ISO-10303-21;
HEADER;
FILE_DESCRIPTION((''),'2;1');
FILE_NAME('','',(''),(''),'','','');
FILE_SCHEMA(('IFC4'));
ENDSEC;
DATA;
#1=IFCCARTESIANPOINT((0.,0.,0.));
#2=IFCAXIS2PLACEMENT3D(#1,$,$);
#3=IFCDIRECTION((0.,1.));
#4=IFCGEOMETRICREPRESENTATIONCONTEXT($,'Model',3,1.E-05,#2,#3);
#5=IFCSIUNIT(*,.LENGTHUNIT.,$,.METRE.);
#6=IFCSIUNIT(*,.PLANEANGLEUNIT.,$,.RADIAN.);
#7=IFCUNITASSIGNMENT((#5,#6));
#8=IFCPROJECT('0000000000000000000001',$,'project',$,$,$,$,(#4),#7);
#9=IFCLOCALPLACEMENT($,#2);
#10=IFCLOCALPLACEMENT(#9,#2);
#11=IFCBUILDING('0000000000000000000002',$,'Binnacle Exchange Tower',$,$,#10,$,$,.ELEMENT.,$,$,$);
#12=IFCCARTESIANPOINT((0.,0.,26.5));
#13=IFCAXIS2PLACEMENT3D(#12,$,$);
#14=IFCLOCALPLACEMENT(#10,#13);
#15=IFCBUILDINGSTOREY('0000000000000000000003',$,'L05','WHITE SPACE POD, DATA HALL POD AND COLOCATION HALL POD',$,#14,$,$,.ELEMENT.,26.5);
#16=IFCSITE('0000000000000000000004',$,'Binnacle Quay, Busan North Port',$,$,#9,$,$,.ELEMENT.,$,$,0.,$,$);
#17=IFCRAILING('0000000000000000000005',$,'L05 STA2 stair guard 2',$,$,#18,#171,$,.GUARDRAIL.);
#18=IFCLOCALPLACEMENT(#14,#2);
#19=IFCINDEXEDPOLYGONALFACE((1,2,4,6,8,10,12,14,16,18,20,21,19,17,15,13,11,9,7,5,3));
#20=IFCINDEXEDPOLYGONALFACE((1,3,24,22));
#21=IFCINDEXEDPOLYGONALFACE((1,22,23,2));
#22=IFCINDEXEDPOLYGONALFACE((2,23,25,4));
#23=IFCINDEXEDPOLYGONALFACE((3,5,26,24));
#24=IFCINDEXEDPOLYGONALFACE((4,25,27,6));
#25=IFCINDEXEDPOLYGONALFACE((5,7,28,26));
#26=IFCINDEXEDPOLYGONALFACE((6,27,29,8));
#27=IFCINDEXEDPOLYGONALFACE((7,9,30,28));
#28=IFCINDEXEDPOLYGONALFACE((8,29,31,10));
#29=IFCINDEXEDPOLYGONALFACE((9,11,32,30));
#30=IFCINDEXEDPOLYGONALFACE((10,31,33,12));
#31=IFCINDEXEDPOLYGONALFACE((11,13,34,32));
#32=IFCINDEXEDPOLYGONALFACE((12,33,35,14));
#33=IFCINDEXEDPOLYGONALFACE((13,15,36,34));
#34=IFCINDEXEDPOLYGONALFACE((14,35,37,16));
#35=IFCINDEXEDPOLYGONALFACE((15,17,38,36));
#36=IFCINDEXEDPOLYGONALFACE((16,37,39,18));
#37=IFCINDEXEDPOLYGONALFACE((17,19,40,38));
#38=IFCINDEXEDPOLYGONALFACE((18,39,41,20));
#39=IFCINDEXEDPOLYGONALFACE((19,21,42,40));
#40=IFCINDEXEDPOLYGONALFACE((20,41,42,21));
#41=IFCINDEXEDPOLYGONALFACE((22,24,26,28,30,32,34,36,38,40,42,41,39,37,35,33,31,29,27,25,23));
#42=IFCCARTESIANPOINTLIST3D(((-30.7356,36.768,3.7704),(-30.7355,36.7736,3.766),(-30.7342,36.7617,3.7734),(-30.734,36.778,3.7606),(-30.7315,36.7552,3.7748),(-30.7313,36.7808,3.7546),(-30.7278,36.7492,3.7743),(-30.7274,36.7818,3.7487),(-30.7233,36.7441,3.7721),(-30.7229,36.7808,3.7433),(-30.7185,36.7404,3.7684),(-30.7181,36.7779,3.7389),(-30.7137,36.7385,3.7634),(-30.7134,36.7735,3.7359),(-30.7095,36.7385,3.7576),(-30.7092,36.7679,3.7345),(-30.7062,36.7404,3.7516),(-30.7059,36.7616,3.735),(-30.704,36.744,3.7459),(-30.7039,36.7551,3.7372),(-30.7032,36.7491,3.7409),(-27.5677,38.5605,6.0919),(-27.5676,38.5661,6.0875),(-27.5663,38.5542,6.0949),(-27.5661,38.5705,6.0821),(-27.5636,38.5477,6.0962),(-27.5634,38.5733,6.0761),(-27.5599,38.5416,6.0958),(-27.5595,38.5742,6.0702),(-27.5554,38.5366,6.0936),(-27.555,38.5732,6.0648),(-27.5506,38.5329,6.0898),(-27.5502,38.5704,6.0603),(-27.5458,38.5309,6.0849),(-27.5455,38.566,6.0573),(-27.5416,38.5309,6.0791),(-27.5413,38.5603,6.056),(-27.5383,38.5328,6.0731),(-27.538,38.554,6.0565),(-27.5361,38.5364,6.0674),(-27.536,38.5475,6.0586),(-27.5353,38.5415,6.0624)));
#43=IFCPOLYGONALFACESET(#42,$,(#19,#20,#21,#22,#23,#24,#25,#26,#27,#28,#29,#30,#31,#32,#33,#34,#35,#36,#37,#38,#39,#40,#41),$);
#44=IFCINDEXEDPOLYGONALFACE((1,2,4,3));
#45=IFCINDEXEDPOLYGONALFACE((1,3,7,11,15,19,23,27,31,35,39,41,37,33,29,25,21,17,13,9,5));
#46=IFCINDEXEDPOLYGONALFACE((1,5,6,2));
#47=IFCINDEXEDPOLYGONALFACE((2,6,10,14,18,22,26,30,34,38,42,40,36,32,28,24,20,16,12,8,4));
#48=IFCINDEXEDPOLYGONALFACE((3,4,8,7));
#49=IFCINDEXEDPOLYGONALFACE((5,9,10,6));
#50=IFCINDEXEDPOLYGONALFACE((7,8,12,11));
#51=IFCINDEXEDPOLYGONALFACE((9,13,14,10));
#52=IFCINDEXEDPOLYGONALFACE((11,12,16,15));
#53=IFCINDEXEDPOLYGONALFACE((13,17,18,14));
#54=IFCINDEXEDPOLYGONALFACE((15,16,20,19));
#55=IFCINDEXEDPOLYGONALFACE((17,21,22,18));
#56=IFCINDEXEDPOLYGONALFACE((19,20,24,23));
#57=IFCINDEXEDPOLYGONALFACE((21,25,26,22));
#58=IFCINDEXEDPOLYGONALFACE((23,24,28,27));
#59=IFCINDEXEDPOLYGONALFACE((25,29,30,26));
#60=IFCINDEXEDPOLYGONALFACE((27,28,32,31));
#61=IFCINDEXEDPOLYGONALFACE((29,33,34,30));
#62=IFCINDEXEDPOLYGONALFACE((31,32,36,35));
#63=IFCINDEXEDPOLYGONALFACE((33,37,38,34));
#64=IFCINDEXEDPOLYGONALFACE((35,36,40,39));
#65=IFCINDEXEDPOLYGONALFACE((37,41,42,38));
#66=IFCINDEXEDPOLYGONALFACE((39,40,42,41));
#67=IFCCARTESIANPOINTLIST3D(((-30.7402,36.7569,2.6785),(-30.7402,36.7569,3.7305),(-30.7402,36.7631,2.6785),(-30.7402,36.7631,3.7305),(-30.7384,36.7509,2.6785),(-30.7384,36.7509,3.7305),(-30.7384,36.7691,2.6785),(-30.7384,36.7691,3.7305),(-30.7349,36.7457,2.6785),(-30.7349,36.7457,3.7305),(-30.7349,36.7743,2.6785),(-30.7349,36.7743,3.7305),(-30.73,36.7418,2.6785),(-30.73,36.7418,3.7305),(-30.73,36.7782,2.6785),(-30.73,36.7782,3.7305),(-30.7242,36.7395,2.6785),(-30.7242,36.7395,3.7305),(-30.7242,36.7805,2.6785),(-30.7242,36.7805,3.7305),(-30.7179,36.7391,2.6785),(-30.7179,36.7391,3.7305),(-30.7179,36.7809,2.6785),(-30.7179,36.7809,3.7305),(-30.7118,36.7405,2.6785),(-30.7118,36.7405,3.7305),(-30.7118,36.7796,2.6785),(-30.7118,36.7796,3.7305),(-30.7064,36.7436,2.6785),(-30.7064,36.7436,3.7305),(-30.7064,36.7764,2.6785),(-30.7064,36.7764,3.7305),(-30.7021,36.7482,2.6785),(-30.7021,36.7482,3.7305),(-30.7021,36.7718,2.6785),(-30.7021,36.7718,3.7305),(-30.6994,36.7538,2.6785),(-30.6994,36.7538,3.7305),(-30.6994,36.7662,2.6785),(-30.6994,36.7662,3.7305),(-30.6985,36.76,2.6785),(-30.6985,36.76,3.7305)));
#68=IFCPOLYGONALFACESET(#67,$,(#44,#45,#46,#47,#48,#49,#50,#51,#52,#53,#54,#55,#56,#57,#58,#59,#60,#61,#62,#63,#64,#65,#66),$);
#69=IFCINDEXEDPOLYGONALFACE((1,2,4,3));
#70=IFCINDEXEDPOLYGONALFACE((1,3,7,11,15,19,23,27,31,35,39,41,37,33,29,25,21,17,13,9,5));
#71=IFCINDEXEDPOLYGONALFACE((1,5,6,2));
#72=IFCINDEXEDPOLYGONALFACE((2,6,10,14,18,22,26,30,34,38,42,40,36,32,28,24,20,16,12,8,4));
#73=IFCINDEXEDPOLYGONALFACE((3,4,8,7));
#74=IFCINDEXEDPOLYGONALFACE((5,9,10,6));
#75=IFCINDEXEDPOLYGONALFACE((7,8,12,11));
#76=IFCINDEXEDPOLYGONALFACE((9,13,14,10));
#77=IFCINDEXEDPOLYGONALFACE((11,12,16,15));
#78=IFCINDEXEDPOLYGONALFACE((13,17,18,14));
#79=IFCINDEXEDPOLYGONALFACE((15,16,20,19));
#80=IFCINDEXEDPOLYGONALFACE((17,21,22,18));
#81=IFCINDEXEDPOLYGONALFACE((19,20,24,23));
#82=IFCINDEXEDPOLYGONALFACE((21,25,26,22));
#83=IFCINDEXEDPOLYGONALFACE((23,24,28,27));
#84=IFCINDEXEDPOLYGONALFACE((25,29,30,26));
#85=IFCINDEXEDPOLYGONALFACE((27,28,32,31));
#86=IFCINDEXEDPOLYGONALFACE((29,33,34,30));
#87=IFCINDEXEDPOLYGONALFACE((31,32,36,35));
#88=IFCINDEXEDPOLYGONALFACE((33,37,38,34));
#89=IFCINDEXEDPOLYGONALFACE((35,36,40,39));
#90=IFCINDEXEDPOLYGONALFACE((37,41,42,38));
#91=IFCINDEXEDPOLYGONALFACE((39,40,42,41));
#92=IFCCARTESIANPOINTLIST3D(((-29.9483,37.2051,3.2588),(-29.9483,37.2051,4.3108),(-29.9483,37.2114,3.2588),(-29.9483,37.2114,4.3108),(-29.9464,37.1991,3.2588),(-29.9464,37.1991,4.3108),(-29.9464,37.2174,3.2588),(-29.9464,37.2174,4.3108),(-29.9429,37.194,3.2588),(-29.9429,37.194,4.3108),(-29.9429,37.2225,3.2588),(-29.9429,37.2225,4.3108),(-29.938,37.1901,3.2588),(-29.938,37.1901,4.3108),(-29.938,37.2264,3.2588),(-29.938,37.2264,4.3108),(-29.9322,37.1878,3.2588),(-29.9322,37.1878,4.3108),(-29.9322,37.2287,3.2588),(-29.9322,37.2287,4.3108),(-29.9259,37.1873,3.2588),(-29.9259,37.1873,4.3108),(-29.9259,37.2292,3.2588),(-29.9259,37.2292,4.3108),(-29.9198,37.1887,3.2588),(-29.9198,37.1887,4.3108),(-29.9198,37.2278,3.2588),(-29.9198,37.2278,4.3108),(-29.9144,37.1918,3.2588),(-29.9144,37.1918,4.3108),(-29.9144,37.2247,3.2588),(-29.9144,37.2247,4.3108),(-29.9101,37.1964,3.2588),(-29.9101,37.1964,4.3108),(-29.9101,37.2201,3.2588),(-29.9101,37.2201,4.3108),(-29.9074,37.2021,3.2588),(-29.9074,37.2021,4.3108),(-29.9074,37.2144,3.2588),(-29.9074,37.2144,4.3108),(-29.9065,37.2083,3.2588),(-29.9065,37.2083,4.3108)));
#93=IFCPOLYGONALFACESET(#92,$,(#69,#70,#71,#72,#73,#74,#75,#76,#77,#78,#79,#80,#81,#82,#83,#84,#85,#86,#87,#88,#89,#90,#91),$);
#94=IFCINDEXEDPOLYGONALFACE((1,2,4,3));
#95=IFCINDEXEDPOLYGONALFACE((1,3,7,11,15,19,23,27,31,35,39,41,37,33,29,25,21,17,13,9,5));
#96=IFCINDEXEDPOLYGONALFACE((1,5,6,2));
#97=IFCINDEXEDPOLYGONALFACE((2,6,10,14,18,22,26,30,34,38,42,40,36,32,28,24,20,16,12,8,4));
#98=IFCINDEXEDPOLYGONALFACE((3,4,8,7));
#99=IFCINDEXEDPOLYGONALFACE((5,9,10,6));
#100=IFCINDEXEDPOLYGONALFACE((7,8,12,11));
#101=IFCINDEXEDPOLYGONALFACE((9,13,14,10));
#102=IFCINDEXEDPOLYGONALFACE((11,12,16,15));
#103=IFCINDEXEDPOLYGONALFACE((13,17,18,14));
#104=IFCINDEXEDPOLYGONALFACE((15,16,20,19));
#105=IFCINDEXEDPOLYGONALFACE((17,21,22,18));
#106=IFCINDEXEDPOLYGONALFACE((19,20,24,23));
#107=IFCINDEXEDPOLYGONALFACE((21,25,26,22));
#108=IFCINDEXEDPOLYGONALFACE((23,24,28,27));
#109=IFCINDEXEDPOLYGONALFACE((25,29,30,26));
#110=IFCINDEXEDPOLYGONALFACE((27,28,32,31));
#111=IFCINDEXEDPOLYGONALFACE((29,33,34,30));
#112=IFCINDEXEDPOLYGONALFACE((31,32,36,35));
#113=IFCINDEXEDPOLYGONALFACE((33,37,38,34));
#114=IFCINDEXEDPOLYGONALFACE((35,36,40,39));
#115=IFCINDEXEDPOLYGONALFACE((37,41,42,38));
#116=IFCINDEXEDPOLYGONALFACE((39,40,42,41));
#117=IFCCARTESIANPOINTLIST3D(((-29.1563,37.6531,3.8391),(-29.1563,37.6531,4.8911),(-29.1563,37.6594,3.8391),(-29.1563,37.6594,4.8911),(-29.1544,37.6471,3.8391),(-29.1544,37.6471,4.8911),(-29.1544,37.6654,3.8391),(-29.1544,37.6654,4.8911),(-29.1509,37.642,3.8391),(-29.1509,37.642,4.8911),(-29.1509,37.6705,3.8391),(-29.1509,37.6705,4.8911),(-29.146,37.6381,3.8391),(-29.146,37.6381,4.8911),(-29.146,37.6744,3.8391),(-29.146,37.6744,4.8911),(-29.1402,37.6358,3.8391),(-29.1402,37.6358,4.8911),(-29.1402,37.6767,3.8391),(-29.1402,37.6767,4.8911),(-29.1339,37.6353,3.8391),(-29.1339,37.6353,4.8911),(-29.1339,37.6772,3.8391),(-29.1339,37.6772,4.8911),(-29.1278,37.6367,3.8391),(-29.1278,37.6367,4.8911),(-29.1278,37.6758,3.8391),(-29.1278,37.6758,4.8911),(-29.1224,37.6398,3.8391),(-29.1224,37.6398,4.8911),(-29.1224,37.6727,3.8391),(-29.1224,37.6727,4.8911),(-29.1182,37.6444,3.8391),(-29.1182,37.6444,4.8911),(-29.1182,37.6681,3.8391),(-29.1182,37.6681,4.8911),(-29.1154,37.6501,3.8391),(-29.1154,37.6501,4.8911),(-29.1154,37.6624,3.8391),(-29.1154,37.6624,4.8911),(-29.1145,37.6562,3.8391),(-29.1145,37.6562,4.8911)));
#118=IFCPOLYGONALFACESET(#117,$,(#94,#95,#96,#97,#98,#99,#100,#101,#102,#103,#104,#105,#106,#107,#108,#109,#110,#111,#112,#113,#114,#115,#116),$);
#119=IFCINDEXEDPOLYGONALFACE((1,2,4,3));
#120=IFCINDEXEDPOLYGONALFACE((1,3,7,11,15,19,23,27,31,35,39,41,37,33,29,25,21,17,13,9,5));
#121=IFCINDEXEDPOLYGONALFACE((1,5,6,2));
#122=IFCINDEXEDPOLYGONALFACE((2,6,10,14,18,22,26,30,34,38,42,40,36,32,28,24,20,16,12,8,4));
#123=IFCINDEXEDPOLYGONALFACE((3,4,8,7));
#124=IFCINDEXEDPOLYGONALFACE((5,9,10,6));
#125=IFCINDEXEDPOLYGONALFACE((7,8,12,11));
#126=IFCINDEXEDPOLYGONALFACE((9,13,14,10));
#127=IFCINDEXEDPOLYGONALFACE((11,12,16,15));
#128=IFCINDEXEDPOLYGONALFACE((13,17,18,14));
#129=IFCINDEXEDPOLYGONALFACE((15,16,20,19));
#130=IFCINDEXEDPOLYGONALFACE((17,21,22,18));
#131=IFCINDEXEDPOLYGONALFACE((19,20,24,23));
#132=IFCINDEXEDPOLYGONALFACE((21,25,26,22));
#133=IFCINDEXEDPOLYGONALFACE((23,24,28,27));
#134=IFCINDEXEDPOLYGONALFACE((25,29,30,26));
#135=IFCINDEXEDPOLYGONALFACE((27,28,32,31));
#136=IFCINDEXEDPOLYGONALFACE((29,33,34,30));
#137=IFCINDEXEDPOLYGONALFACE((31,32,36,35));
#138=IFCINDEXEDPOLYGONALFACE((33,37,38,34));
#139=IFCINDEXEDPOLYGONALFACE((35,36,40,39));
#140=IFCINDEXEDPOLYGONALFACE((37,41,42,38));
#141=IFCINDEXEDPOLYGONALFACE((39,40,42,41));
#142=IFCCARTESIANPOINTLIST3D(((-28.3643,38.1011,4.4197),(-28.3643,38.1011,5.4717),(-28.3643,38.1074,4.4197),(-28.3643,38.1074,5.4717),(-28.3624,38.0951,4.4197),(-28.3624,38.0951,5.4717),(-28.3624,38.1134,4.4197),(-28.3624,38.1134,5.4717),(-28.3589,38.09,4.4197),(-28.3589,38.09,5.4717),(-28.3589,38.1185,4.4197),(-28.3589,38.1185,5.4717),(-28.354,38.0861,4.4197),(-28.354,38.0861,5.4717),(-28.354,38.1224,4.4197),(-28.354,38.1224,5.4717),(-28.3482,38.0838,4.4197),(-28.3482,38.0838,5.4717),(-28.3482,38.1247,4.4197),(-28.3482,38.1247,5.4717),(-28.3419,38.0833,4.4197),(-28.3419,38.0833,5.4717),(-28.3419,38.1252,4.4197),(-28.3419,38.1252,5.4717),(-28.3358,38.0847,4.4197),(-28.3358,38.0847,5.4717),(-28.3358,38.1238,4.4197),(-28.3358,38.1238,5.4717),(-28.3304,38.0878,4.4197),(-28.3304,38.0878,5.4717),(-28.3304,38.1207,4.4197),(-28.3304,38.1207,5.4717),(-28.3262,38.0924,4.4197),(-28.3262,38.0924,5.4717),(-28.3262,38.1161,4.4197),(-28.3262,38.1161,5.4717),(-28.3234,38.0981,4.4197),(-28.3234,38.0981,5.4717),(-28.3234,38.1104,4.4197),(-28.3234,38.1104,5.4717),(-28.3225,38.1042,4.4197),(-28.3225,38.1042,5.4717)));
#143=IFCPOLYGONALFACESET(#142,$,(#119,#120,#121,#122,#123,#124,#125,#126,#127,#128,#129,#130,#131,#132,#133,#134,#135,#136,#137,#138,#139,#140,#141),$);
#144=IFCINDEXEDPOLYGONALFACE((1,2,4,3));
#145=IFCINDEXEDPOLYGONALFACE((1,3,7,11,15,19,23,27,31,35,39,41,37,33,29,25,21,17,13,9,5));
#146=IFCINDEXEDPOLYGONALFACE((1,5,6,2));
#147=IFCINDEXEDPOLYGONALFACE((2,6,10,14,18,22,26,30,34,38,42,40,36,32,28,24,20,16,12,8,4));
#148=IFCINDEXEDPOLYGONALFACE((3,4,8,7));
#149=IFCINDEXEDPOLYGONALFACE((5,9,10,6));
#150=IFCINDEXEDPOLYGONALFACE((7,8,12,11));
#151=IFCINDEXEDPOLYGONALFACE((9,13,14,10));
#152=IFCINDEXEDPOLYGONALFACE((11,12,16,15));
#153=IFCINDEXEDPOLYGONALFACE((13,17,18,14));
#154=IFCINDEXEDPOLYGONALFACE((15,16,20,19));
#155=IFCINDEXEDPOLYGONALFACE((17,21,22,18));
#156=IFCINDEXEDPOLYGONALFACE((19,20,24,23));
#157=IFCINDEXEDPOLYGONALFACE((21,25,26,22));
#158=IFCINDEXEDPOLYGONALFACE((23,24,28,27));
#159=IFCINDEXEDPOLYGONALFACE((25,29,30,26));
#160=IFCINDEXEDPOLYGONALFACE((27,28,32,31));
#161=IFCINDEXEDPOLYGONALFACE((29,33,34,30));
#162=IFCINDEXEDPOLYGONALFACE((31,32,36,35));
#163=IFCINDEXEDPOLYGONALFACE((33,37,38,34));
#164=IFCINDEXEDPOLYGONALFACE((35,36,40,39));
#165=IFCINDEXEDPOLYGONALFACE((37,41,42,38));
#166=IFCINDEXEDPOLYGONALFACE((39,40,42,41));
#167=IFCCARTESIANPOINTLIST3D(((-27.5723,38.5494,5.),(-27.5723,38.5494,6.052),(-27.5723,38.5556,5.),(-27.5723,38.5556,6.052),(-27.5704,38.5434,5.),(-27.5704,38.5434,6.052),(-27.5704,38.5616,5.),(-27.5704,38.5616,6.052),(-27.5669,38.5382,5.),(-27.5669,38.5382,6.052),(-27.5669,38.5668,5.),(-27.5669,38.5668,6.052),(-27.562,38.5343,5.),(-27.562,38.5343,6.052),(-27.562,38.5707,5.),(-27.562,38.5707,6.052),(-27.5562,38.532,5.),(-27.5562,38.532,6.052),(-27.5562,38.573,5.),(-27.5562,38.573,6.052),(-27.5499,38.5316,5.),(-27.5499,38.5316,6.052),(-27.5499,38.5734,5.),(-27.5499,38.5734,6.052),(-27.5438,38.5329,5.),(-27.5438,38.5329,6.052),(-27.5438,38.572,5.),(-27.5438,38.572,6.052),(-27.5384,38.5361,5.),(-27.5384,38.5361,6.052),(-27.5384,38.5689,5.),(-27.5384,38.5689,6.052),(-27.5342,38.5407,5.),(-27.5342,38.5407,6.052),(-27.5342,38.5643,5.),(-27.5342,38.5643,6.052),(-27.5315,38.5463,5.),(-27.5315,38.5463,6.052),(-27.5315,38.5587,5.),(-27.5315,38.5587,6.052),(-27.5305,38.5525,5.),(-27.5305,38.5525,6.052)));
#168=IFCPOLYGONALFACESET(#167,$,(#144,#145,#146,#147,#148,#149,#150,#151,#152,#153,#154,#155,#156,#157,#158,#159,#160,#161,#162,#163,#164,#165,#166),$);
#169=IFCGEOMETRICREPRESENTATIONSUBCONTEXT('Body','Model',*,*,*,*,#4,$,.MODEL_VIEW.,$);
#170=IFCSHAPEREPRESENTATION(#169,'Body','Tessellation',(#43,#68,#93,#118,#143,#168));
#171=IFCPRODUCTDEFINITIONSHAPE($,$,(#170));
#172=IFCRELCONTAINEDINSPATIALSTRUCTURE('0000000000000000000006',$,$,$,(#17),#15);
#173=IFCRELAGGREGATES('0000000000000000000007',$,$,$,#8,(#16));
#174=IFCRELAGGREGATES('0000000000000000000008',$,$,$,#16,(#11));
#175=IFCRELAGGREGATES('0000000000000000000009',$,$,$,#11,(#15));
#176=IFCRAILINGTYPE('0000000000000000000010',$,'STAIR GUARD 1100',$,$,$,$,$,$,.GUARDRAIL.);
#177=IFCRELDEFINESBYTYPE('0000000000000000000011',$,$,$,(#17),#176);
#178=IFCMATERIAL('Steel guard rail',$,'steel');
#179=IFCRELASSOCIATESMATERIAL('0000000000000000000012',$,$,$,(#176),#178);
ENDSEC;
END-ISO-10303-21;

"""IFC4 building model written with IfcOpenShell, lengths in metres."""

from ifc_helpers import new_model, si_unit, direction, frame, origin, origin_2d, place, context, subcontext, project, spatial, circle, extrude, material, type_object, element, save


model = new_model("IFC4")

# Units and contexts
model_context = context("Model", 3, precision=1e-05, world=origin(), true_north=direction((0.0, 1.0)))
body_context = subcontext(model_context, "Body", "Model", "MODEL_VIEW")
ifc_project = project(units=[si_unit("LENGTHUNIT", "METRE"), si_unit("PLANEANGLEUNIT", "RADIAN")], contexts=[model_context])

# Site, building, storey
site_placement = place(None, origin())
site = spatial("IfcSite", under=ifc_project, at=site_placement, Name="Binnacle Quay, Busan North Port", CompositionType="ELEMENT", RefElevation=0.0)
building_placement = place(site_placement, origin())
building = spatial("IfcBuilding", under=site, at=building_placement, Name="Binnacle Exchange Tower", CompositionType="ELEMENT")
storey_placement = place(building_placement, frame((0.0, 0.0, 26.5)))
storey = spatial("IfcBuildingStorey", under=building, at=storey_placement, Name="L05", Description="WHITE SPACE POD, DATA HALL POD AND COLOCATION HALL POD", CompositionType="ELEMENT", Elevation=26.5)

# Railing
ifc_material_1 = material(Name="Steel guard rail", Category="steel")
railing_type_1 = type_object("IfcRailingType", Name="STAIR GUARD 1100", PredefinedType="GUARDRAIL", material=ifc_material_1)
railing_1_placement = place(storey_placement, frame((-30.7195, 36.76, 2.6785)))
element("IfcRailing", 1, at=railing_1_placement, inside=storey, type_object=railing_type_1, Name="L05 STA2 stair guard 2", PredefinedType="GUARDRAIL", context=body_context, shape_type="SweptSolid", body=[
    extrude(circle(Radius=0.0239, at=origin_2d()), frame((0.0, 0.0, 1.0762), z_axis=(0.733796, 0.415192, 0.537736), x_axis=(-0.492451, 0.87034, 0.0)), (0.0, 0.0, 1.0), 4.3171),
    extrude(circle(Radius=0.021, at=origin_2d()), origin(), (0.0, 0.0, 1.0), 1.052),
    extrude(circle(Radius=0.021, at=origin_2d()), frame((0.792, 0.4482, 0.5803)), (0.0, 0.0, 1.0), 1.052),
    extrude(circle(Radius=0.021, at=origin_2d()), frame((1.584, 0.8962, 1.1606)), (0.0, 0.0, 1.0), 1.052),
    extrude(circle(Radius=0.021, at=origin_2d()), frame((2.376, 1.3442, 1.7412)), (0.0, 0.0, 1.0), 1.052),
    extrude(circle(Radius=0.021, at=origin_2d()), frame((3.168, 1.7925, 2.3215)), (0.0, 0.0, 1.0), 1.052),
])

save(model, "model.ifc")
